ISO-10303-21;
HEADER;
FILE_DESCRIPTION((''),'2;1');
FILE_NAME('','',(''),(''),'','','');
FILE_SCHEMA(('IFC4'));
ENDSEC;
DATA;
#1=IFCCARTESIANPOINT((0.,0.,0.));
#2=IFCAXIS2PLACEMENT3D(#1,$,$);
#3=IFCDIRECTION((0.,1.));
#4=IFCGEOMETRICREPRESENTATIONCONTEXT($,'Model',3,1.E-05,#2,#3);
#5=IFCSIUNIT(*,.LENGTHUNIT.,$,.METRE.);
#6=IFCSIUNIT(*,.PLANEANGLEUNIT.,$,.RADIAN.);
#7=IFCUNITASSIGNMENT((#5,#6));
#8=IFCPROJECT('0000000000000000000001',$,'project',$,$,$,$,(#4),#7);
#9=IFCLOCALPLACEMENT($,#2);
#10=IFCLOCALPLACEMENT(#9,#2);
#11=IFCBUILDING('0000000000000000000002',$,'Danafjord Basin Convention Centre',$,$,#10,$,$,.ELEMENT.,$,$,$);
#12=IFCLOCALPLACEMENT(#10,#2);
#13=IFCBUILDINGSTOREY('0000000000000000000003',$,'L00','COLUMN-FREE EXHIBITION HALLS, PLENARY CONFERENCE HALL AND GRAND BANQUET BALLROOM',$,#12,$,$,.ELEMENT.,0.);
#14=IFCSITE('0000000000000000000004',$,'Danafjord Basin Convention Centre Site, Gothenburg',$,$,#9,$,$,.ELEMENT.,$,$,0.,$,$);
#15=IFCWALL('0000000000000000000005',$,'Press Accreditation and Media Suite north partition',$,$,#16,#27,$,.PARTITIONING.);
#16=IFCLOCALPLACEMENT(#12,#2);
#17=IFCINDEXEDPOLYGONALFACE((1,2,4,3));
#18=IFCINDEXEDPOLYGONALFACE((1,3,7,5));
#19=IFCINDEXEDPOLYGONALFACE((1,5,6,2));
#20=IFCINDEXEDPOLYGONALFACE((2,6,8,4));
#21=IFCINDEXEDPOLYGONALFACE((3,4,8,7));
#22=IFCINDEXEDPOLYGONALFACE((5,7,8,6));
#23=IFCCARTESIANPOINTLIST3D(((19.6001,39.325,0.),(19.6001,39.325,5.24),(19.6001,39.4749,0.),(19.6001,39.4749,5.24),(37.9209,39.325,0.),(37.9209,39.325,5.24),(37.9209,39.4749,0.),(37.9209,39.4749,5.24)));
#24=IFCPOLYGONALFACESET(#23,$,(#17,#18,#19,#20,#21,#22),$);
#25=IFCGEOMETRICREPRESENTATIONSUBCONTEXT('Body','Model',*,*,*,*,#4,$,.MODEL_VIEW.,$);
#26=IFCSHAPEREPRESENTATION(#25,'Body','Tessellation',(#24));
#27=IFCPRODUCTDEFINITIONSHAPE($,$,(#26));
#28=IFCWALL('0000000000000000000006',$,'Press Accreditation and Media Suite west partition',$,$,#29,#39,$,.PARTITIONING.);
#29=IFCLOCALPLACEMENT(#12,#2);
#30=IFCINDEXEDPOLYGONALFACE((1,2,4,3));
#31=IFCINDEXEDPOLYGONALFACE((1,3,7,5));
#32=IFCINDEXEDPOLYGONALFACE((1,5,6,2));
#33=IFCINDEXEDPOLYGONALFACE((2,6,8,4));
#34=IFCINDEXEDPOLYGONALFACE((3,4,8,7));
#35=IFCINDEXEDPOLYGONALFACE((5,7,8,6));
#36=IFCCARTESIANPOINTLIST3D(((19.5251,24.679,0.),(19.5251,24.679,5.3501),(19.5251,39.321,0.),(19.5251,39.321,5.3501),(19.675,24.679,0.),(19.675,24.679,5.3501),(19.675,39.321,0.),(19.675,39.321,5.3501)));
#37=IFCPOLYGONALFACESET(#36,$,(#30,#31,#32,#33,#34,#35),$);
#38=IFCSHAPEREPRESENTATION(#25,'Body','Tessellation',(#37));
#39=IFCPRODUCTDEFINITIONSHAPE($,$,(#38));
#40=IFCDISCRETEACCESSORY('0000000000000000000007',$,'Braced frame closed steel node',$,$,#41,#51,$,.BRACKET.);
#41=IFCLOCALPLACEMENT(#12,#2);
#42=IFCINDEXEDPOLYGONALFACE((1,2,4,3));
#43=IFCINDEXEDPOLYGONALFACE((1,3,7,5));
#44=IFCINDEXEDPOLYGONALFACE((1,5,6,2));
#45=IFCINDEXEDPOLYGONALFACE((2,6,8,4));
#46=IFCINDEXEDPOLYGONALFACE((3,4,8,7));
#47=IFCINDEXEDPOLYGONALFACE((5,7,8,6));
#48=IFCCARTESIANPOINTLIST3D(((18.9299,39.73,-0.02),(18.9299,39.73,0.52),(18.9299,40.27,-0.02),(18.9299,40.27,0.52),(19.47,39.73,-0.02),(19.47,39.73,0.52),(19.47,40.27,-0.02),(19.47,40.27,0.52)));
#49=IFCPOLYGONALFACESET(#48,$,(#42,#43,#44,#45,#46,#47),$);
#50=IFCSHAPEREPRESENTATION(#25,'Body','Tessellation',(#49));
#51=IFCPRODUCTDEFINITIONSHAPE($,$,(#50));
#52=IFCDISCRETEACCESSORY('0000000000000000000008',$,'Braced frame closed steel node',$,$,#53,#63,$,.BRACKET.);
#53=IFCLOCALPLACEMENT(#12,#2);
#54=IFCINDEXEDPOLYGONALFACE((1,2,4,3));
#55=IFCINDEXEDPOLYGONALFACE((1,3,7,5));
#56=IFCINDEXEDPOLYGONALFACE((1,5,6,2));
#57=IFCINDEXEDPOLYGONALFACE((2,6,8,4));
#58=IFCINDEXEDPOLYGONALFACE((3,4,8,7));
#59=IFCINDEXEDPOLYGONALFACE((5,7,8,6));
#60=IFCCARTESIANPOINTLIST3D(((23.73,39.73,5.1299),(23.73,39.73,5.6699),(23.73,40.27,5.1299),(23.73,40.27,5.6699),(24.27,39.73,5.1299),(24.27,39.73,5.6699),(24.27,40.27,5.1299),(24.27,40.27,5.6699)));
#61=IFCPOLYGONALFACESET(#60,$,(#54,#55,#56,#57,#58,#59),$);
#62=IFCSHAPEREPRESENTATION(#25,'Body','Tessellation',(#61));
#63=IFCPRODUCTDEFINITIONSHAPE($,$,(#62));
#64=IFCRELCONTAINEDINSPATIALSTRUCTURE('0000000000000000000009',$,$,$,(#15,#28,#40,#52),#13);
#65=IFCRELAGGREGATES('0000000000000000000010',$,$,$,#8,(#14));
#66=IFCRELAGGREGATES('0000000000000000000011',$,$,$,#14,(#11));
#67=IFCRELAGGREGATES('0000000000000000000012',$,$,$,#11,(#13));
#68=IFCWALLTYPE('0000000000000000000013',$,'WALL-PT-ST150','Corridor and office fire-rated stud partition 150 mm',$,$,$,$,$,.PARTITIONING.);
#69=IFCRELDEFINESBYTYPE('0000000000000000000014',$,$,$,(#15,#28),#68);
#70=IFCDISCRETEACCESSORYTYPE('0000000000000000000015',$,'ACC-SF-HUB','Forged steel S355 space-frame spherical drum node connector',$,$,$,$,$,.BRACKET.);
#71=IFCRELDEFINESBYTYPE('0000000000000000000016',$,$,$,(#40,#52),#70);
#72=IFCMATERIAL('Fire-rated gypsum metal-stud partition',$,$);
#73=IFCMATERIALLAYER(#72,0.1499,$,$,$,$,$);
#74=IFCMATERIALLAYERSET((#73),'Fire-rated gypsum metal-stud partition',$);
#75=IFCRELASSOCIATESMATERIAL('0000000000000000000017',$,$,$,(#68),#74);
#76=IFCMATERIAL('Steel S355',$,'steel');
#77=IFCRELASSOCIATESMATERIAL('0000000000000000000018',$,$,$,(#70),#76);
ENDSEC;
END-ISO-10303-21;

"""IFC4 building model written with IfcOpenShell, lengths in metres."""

from ifc_helpers import new_model, si_unit, direction, frame, frame_2d, origin, origin_2d, place, context, subcontext, project, spatial, rectangle, extrude, material, layer, layer_set, type_object, element, save


model = new_model("IFC4")

# Units and contexts
model_context = context("Model", 3, precision=1e-05, world=origin(), true_north=direction((0.0, 1.0)))
body_context = subcontext(model_context, "Body", "Model", "MODEL_VIEW")
ifc_project = project(units=[si_unit("LENGTHUNIT", "METRE"), si_unit("PLANEANGLEUNIT", "RADIAN")], contexts=[model_context])

# Site, building, storey
site_placement = place(None, origin())
site = spatial("IfcSite", under=ifc_project, at=site_placement, Name="Danafjord Basin Convention Centre Site, Gothenburg", CompositionType="ELEMENT", RefElevation=0.0)
building_placement = place(site_placement, origin())
building = spatial("IfcBuilding", under=site, at=building_placement, Name="Danafjord Basin Convention Centre", CompositionType="ELEMENT")
storey_placement = place(building_placement, origin())
storey = spatial("IfcBuildingStorey", under=building, at=storey_placement, Name="L00", Description="COLUMN-FREE EXHIBITION HALLS, PLENARY CONFERENCE HALL AND GRAND BANQUET BALLROOM", CompositionType="ELEMENT", Elevation=0.0)

# Shared definitions
ifc_material_1 = material(Name="Steel S355", Category="steel")

# Shared definitions
ifc_material_2 = material(Name="Fire-rated gypsum metal-stud partition")
ifc_layer_1 = layer(ifc_material_2, 0.1499)
ifc_layer_set_1 = layer_set([ifc_layer_1], Name="Fire-rated gypsum metal-stud partition")
wall_type_1 = type_object("IfcWallType", Name="WALL-PT-ST150", Description="Corridor and office fire-rated stud partition 150 mm", PredefinedType="PARTITIONING", material=ifc_layer_set_1)

# Walls
wall_1_placement = place(storey_placement, frame((37.9209, 39.3999, 0.0), z_axis=(0.0, 0.0, 1.0), x_axis=(-1.0, 0.0, 0.0)))
element("IfcWall", 1, at=wall_1_placement, inside=storey, type_object=wall_type_1, Name="Press Accreditation and Media Suite north partition", PredefinedType="PARTITIONING", context=body_context, shape_type="SweptSolid", body=[
    extrude(rectangle(XDim=18.3208, YDim=0.1499, at=frame_2d((9.1604, 0.0))), origin(), (0.0, 0.0, 1.0), 5.24),
])
wall_2_placement = place(storey_placement, frame((19.6001, 39.321, 0.0), z_axis=(0.0, 0.0, 1.0), x_axis=(0.0, -1.0, 0.0)))
element("IfcWall", 2, at=wall_2_placement, inside=storey, type_object=wall_type_1, Name="Press Accreditation and Media Suite west partition", PredefinedType="PARTITIONING", context=body_context, shape_type="SweptSolid", body=[
    extrude(rectangle(XDim=14.6421, YDim=0.1499, at=frame_2d((7.321, 0.0))), origin(), (0.0, 0.0, 1.0), 5.3501),
])

# Discrete accessories
discrete_accessory_type = type_object("IfcDiscreteAccessoryType", Name="ACC-SF-HUB", Description="Forged steel S355 space-frame spherical drum node connector", PredefinedType="BRACKET", material=ifc_material_1)
for number, where, z_axis, x_axis, name in (
    (3, (19.2, 40.0, -0.02), (0.0, 0.0, 1.0), (1.0, 0.0, 0.0), "Braced frame closed steel node"),
    (4, (24.0, 40.0, 5.1299), (0.0, 0.0, 1.0), (1.0, 0.0, 0.0), "Braced frame closed steel node"),
):
    element("IfcDiscreteAccessory", number, at=place(storey_placement, frame(where, z_axis=z_axis, x_axis=x_axis)), inside=storey, type_object=discrete_accessory_type, Name=name, PredefinedType="BRACKET", context=body_context, shape_type="SweptSolid", body=[
        extrude(rectangle(XDim=0.54, YDim=0.54, at=origin_2d()), origin(), (0.0, 0.0, 1.0), 0.54),
    ])

save(model, "model.ifc")
